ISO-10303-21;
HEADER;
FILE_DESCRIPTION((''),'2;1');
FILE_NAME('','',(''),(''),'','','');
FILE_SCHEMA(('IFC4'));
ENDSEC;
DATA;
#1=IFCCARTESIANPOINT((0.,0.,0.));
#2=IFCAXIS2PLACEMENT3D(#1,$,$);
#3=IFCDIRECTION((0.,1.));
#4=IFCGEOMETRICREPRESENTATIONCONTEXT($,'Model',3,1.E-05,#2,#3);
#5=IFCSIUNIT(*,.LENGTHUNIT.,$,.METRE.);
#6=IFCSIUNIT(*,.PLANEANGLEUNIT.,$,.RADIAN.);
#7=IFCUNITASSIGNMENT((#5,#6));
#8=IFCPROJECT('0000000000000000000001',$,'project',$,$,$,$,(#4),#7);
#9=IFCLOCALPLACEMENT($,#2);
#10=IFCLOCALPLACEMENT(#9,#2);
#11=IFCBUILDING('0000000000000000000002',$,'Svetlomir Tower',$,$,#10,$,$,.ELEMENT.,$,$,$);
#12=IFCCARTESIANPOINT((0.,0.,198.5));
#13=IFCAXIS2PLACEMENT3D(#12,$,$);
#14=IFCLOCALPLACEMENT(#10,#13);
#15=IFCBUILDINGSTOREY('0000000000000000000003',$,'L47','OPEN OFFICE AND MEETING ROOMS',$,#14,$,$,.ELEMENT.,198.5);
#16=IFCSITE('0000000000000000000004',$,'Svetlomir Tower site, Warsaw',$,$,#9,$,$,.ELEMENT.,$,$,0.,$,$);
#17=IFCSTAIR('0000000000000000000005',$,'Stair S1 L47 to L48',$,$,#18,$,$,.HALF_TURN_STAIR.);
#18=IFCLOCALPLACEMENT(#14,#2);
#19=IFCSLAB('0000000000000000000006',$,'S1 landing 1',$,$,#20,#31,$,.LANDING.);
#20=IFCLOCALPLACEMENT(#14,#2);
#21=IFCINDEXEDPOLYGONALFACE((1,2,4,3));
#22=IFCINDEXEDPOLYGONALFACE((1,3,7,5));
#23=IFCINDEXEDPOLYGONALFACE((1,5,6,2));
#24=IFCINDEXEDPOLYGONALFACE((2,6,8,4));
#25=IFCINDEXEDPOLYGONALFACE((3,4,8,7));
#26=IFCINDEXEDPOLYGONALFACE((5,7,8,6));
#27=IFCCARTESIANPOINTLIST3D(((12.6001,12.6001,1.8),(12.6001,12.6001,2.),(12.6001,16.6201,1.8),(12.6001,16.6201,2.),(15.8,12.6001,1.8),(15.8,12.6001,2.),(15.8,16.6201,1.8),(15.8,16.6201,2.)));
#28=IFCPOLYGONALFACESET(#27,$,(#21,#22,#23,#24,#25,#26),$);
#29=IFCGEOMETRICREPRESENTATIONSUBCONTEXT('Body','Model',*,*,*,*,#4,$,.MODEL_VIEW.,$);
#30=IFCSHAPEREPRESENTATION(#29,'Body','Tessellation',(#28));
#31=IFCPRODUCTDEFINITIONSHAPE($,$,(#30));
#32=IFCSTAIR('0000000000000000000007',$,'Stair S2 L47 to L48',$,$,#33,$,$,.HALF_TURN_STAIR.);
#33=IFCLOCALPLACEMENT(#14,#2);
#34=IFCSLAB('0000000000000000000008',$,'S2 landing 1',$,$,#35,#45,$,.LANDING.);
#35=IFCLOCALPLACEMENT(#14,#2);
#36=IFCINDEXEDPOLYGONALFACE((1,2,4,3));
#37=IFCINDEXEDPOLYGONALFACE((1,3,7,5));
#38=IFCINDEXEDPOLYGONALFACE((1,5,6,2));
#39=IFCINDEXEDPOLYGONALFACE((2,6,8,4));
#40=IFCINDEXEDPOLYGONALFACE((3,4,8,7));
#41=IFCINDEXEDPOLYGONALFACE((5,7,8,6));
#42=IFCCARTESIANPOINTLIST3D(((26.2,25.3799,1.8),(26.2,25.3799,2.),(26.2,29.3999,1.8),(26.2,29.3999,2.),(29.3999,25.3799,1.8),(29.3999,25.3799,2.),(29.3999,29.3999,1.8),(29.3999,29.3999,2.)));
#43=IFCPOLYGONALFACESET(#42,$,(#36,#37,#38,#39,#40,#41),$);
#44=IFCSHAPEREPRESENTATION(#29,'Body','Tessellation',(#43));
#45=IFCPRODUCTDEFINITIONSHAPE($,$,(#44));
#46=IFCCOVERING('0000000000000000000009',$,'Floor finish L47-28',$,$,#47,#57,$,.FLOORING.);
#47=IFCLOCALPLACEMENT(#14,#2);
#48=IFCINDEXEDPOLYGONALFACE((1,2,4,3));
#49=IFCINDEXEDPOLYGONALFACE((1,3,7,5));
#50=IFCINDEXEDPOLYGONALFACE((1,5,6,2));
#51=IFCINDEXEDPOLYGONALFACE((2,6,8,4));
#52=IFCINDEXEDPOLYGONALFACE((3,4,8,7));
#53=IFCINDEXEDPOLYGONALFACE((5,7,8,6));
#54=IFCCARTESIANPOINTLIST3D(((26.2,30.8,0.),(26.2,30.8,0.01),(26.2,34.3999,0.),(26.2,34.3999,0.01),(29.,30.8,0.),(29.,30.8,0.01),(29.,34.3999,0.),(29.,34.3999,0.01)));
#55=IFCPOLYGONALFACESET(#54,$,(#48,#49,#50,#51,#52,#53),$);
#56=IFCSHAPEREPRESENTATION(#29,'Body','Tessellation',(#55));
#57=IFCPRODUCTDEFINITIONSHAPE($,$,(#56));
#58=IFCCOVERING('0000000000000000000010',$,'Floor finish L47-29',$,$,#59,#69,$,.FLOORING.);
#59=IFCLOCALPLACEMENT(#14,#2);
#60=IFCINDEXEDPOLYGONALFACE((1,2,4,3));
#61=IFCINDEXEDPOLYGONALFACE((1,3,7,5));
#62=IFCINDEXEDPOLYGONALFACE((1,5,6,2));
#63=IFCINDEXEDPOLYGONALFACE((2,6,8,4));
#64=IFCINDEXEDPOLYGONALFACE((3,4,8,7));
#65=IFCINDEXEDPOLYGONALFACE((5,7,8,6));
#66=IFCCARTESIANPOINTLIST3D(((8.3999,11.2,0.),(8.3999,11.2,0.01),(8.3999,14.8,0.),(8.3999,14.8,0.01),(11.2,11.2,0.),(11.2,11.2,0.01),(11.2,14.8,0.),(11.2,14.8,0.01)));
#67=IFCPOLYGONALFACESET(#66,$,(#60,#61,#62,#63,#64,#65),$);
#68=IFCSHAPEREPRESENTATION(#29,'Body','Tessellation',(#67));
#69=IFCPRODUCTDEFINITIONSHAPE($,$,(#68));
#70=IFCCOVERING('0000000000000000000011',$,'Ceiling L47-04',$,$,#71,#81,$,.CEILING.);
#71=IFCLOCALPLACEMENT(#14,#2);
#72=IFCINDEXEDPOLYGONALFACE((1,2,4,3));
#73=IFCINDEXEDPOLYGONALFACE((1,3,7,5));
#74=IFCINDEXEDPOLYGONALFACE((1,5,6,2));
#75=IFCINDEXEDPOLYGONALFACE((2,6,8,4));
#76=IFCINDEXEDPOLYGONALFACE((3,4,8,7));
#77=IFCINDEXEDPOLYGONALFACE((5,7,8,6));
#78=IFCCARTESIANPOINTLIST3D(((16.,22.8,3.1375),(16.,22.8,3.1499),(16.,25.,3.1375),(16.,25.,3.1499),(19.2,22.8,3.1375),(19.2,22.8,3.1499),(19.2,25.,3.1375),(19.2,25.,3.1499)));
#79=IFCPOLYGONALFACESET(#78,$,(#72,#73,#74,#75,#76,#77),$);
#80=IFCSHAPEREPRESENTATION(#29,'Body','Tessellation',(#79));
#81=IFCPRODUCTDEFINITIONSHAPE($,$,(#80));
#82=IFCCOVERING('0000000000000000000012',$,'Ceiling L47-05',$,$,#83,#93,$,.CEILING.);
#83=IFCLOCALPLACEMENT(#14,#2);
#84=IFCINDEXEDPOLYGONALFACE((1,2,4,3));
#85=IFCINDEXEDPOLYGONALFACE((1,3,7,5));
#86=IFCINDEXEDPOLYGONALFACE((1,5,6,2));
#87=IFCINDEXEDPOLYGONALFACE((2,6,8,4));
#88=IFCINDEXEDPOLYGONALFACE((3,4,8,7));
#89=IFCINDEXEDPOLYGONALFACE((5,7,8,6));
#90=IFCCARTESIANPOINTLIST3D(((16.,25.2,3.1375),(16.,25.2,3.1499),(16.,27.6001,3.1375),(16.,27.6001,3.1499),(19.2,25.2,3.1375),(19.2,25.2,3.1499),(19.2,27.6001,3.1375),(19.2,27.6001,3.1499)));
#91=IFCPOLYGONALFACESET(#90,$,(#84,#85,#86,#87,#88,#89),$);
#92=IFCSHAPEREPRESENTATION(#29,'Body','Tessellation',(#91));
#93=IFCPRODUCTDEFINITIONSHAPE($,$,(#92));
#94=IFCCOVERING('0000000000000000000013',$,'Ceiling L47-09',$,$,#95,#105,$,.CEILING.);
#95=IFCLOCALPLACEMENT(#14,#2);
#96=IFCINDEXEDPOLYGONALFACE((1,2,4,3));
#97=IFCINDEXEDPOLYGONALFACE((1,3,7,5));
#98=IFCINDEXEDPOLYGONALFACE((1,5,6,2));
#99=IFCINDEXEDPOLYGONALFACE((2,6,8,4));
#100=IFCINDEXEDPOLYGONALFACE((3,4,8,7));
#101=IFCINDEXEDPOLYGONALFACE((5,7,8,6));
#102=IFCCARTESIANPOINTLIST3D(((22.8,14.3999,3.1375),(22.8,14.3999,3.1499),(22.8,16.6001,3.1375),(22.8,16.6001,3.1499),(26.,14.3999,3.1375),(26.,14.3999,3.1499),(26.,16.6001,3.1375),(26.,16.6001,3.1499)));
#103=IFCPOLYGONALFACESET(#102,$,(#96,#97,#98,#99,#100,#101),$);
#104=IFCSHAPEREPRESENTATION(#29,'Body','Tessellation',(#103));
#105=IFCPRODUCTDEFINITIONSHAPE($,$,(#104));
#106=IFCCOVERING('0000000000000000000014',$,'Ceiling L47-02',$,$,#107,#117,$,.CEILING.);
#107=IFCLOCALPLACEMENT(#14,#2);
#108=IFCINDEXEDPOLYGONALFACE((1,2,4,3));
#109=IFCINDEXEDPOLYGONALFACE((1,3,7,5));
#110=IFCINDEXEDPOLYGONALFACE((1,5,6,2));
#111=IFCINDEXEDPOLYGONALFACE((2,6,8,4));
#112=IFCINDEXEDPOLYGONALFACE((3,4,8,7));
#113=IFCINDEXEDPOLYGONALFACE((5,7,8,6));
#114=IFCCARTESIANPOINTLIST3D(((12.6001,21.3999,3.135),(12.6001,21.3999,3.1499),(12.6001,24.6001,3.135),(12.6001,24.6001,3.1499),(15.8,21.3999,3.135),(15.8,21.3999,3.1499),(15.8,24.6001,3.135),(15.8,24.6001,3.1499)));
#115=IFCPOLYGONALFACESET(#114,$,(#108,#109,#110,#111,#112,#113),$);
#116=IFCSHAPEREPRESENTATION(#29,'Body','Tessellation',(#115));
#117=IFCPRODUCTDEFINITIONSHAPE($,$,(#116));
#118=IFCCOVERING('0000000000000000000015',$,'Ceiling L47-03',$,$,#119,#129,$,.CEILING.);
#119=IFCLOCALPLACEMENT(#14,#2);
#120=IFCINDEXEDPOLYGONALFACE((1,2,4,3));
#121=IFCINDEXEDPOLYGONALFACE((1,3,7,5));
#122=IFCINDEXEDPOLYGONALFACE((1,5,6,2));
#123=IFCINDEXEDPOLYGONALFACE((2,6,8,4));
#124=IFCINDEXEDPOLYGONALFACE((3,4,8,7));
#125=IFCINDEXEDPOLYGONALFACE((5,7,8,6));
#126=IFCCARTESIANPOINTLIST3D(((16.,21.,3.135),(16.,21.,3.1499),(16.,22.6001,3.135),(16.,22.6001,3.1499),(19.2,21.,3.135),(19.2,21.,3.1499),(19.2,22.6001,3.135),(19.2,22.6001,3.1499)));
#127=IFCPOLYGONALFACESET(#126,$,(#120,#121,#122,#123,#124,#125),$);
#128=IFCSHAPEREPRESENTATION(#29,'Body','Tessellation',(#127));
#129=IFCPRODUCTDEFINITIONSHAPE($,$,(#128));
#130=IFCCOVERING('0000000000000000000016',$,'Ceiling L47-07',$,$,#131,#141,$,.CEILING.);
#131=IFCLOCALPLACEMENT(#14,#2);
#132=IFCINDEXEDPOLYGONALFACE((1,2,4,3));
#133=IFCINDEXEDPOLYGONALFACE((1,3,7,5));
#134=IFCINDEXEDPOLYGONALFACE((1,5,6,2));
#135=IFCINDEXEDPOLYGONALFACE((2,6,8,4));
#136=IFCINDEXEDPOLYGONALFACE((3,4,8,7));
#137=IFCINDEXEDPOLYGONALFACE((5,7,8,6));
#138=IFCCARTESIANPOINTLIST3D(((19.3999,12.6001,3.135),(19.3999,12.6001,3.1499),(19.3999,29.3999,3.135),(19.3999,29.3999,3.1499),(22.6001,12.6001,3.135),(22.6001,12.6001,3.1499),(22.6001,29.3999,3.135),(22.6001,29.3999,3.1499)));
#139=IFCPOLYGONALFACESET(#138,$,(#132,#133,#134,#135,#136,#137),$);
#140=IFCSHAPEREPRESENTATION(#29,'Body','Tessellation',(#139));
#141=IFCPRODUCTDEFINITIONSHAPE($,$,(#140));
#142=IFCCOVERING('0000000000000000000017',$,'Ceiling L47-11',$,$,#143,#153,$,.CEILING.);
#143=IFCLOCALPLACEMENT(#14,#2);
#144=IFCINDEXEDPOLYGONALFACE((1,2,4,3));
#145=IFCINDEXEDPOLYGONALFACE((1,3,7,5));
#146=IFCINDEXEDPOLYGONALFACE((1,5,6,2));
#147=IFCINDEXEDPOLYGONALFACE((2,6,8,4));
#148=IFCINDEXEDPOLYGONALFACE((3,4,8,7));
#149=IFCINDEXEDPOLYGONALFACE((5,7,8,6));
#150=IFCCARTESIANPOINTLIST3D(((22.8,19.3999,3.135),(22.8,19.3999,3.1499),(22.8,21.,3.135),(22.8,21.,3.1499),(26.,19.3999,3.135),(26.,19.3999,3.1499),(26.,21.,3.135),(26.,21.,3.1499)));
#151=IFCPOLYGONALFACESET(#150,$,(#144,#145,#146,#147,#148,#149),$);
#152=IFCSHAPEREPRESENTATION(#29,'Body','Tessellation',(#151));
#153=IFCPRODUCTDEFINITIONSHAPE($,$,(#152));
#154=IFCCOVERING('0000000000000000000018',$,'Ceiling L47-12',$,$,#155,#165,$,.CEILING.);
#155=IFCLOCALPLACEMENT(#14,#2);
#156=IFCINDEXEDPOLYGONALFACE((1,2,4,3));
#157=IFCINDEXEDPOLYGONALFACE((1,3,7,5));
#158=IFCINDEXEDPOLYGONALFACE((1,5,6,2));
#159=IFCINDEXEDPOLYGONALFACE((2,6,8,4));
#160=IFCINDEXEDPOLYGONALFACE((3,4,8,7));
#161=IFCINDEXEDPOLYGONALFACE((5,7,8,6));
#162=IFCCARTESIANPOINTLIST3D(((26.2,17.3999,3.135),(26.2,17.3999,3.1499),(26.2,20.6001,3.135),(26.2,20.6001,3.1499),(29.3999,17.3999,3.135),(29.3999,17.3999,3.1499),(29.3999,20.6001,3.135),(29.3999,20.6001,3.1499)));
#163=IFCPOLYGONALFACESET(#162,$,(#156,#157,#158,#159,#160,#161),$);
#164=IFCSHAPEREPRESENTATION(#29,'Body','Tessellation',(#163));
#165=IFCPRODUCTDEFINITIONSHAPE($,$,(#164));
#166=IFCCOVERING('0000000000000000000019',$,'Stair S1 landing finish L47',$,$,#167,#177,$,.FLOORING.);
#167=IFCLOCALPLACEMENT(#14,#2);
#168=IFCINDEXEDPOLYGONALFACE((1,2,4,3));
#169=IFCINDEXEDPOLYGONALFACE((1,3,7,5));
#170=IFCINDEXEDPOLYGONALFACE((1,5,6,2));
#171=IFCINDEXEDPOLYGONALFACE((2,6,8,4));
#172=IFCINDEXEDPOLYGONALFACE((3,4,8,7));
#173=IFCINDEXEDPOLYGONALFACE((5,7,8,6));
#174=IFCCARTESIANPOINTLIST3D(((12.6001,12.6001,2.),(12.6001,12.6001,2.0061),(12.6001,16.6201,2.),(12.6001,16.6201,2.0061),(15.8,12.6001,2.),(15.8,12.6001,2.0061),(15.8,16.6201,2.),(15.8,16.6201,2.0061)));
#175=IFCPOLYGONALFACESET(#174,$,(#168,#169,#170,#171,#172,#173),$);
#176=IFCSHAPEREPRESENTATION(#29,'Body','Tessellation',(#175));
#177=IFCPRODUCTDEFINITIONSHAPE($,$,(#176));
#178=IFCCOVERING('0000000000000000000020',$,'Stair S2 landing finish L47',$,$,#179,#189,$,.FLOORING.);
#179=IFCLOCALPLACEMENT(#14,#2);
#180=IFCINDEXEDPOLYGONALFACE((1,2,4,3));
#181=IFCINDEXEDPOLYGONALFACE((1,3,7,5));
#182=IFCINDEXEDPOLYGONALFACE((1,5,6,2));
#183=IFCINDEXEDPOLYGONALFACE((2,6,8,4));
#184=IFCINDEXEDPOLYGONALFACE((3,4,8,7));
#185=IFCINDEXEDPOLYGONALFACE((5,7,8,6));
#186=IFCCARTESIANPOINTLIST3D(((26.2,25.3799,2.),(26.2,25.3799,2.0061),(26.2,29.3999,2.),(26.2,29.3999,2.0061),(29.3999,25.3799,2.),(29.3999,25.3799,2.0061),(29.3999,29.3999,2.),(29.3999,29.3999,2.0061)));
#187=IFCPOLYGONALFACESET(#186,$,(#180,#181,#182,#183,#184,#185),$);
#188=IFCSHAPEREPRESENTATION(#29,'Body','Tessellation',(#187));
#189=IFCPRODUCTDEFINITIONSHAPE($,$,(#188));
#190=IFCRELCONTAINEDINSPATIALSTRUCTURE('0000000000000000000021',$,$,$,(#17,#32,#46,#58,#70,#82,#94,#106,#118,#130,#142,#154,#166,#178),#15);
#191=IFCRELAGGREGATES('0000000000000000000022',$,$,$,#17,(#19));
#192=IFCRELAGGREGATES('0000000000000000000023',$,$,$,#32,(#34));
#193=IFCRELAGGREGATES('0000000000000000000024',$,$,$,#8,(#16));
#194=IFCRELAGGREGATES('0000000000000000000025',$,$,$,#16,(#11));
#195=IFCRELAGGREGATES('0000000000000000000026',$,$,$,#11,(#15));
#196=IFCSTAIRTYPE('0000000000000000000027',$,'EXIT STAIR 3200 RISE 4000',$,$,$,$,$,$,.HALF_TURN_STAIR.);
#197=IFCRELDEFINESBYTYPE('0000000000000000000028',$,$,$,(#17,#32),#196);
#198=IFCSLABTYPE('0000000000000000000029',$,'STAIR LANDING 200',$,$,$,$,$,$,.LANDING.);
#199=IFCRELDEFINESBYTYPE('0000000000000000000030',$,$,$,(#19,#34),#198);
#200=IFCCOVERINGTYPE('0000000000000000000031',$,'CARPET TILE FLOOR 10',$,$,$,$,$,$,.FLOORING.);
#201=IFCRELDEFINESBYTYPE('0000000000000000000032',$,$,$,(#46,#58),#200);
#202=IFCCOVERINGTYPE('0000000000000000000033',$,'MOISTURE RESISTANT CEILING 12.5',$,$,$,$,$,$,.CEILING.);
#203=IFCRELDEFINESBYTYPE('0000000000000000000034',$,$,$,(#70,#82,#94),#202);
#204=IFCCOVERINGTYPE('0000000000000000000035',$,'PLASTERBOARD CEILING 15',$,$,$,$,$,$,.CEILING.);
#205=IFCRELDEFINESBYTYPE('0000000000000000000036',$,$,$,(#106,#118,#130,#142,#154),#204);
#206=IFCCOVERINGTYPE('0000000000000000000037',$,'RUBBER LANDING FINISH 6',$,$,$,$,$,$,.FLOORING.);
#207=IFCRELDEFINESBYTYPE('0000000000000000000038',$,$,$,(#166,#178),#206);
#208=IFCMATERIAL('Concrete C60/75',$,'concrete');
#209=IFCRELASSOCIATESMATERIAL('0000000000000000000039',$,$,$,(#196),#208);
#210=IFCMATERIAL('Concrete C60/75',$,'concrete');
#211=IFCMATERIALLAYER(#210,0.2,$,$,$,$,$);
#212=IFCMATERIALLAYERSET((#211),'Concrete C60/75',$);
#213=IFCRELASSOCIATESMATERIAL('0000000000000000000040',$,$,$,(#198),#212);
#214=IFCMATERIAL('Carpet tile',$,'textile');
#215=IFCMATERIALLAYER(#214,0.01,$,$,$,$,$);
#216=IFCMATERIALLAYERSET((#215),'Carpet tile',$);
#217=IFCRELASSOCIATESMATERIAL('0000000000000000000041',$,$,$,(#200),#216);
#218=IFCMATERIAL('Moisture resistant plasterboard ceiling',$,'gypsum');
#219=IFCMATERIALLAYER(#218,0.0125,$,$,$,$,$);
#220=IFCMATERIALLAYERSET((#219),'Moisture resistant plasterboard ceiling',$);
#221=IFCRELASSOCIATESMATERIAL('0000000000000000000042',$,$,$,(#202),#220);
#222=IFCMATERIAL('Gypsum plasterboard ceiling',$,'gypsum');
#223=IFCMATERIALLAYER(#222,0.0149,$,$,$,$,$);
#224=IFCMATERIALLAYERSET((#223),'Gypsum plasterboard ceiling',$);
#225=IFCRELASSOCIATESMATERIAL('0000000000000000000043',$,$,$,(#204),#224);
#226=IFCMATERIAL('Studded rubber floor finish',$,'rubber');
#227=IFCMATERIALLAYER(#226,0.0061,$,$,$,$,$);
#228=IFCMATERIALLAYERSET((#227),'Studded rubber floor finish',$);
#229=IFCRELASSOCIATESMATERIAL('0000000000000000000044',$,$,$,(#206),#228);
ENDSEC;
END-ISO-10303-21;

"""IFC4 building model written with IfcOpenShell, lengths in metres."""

from ifc_helpers import new_model, si_unit, direction, frame, origin, place, context, subcontext, project, spatial, polyline, outline, extrude, material, layer, layer_set, type_object, element, aggregate, save


model = new_model("IFC4")

# Units and contexts
model_context = context("Model", 3, precision=1e-05, world=origin(), true_north=direction((0.0, 1.0)))
body_context = subcontext(model_context, "Body", "Model", "MODEL_VIEW")
ifc_project = project(units=[si_unit("LENGTHUNIT", "METRE"), si_unit("PLANEANGLEUNIT", "RADIAN")], contexts=[model_context])

# Site, building, storey
site_placement = place(None, origin())
site = spatial("IfcSite", under=ifc_project, at=site_placement, Name="Svetlomir Tower site, Warsaw", CompositionType="ELEMENT", RefElevation=0.0)
building_placement = place(site_placement, origin())
building = spatial("IfcBuilding", under=site, at=building_placement, Name="Svetlomir Tower", CompositionType="ELEMENT")
storey_placement = place(building_placement, frame((0.0, 0.0, 198.5)))
storey = spatial("IfcBuildingStorey", under=building, at=storey_placement, Name="L47", Description="OPEN OFFICE AND MEETING ROOMS", CompositionType="ELEMENT", Elevation=198.5)

# Stairs, slabs
ifc_material_1 = material(Name="Concrete C60/75", Category="concrete")
stair_type = type_object("IfcStairType", Name="EXIT STAIR 3200 RISE 4000", PredefinedType="HALF_TURN_STAIR", material=ifc_material_1)
stair_1_placement = place(storey_placement, origin())
stair_1 = element("IfcStair", 1, at=stair_1_placement, inside=storey, type_object=stair_type, Name="Stair S1 L47 to L48", PredefinedType="HALF_TURN_STAIR")
ifc_material_2 = material(Name="Concrete C60/75", Category="concrete")
ifc_layer_1 = layer(ifc_material_2, 0.2)
ifc_layer_set_1 = layer_set([ifc_layer_1], Name="Concrete C60/75")
slab_type = type_object("IfcSlabType", Name="STAIR LANDING 200", PredefinedType="LANDING", material=ifc_layer_set_1)
slab_1_placement = place(storey_placement, frame((0.0, 0.0, 1.8)))
slab_1 = element("IfcSlab", 2, at=slab_1_placement, type_object=slab_type, Name="S1 landing 1", PredefinedType="LANDING", context=body_context, shape_type="SweptSolid", body=[
    extrude(outline(polyline([(12.6001, 12.6001), (15.8, 12.6001), (15.8, 16.6201), (12.6001, 16.6201), (12.6001, 12.6001)])), origin(), (0.0, 0.0, 1.0), 0.2),
])
aggregate(stair_1, [slab_1])
stair_2_placement = place(storey_placement, origin())
stair_2 = element("IfcStair", 3, at=stair_2_placement, inside=storey, type_object=stair_type, Name="Stair S2 L47 to L48", PredefinedType="HALF_TURN_STAIR")
slab_2_placement = place(storey_placement, frame((0.0, 0.0, 1.8)))
slab_2 = element("IfcSlab", 4, at=slab_2_placement, type_object=slab_type, Name="S2 landing 1", PredefinedType="LANDING", context=body_context, shape_type="SweptSolid", body=[
    extrude(outline(polyline([(26.2, 25.3799), (29.3999, 25.3799), (29.3999, 29.3999), (26.2, 29.3999), (26.2, 25.3799)])), origin(), (0.0, 0.0, 1.0), 0.2),
])
aggregate(stair_2, [slab_2])

# Coverings
ifc_material_3 = material(Name="Carpet tile", Category="textile")
ifc_layer_2 = layer(ifc_material_3, 0.01)
ifc_layer_set_2 = layer_set([ifc_layer_2], Name="Carpet tile")
covering_type_1 = type_object("IfcCoveringType", Name="CARPET TILE FLOOR 10", PredefinedType="FLOORING", material=ifc_layer_set_2)
covering_1_placement = place(storey_placement, origin())
element("IfcCovering", 5, at=covering_1_placement, inside=storey, type_object=covering_type_1, Name="Floor finish L47-28", PredefinedType="FLOORING", context=body_context, shape_type="SweptSolid", body=[
    extrude(outline(polyline([(26.2, 30.8), (29.0, 30.8), (29.0, 34.3999), (26.2, 34.3999), (26.2, 30.8)])), origin(), (0.0, 0.0, 1.0), 0.01),
])
covering_2_placement = place(storey_placement, origin())
element("IfcCovering", 6, at=covering_2_placement, inside=storey, type_object=covering_type_1, Name="Floor finish L47-29", PredefinedType="FLOORING", context=body_context, shape_type="SweptSolid", body=[
    extrude(outline(polyline([(8.3999, 11.2), (11.2, 11.2), (11.2, 14.8), (8.3999, 14.8), (8.3999, 11.2)])), origin(), (0.0, 0.0, 1.0), 0.01),
])
ifc_material_4 = material(Name="Moisture resistant plasterboard ceiling", Category="gypsum")
ifc_layer_3 = layer(ifc_material_4, 0.0125)
ifc_layer_set_3 = layer_set([ifc_layer_3], Name="Moisture resistant plasterboard ceiling")
covering_type_2 = type_object("IfcCoveringType", Name="MOISTURE RESISTANT CEILING 12.5", PredefinedType="CEILING", material=ifc_layer_set_3)
covering_3_placement = place(storey_placement, frame((0.0, 0.0, 3.1375)))
element("IfcCovering", 7, at=covering_3_placement, inside=storey, type_object=covering_type_2, Name="Ceiling L47-04", PredefinedType="CEILING", context=body_context, shape_type="SweptSolid", body=[
    extrude(outline(polyline([(16.0, 22.8), (19.2, 22.8), (19.2, 25.0), (16.0, 25.0), (16.0, 22.8)])), origin(), (0.0, 0.0, 1.0), 0.0125),
])
covering_4_placement = place(storey_placement, frame((0.0, 0.0, 3.1375)))
element("IfcCovering", 8, at=covering_4_placement, inside=storey, type_object=covering_type_2, Name="Ceiling L47-05", PredefinedType="CEILING", context=body_context, shape_type="SweptSolid", body=[
    extrude(outline(polyline([(16.0, 25.2), (19.2, 25.2), (19.2, 27.6001), (16.0, 27.6001), (16.0, 25.2)])), origin(), (0.0, 0.0, 1.0), 0.0125),
])
covering_5_placement = place(storey_placement, frame((0.0, 0.0, 3.1375)))
element("IfcCovering", 9, at=covering_5_placement, inside=storey, type_object=covering_type_2, Name="Ceiling L47-09", PredefinedType="CEILING", context=body_context, shape_type="SweptSolid", body=[
    extrude(outline(polyline([(22.8, 14.3999), (26.0, 14.3999), (26.0, 16.6001), (22.8, 16.6001), (22.8, 14.3999)])), origin(), (0.0, 0.0, 1.0), 0.0125),
])
ifc_material_5 = material(Name="Gypsum plasterboard ceiling", Category="gypsum")
ifc_layer_4 = layer(ifc_material_5, 0.0149)
ifc_layer_set_4 = layer_set([ifc_layer_4], Name="Gypsum plasterboard ceiling")
covering_type_3 = type_object("IfcCoveringType", Name="PLASTERBOARD CEILING 15", PredefinedType="CEILING", material=ifc_layer_set_4)
covering_6_placement = place(storey_placement, frame((0.0, 0.0, 3.135)))
element("IfcCovering", 10, at=covering_6_placement, inside=storey, type_object=covering_type_3, Name="Ceiling L47-02", PredefinedType="CEILING", context=body_context, shape_type="SweptSolid", body=[
    extrude(outline(polyline([(12.6001, 21.3999), (15.8, 21.3999), (15.8, 24.6001), (12.6001, 24.6001), (12.6001, 21.3999)])), origin(), (0.0, 0.0, 1.0), 0.0149),
])
covering_7_placement = place(storey_placement, frame((0.0, 0.0, 3.135)))
element("IfcCovering", 11, at=covering_7_placement, inside=storey, type_object=covering_type_3, Name="Ceiling L47-03", PredefinedType="CEILING", context=body_context, shape_type="SweptSolid", body=[
    extrude(outline(polyline([(16.0, 21.0), (19.2, 21.0), (19.2, 22.6001), (16.0, 22.6001), (16.0, 21.0)])), origin(), (0.0, 0.0, 1.0), 0.0149),
])
covering_8_placement = place(storey_placement, frame((0.0, 0.0, 3.135)))
element("IfcCovering", 12, at=covering_8_placement, inside=storey, type_object=covering_type_3, Name="Ceiling L47-07", PredefinedType="CEILING", context=body_context, shape_type="SweptSolid", body=[
    extrude(outline(polyline([(19.3999, 12.6001), (22.6001, 12.6001), (22.6001, 29.3999), (19.3999, 29.3999), (19.3999, 12.6001)])), origin(), (0.0, 0.0, 1.0), 0.0149),
])
covering_9_placement = place(storey_placement, frame((0.0, 0.0, 3.135)))
element("IfcCovering", 13, at=covering_9_placement, inside=storey, type_object=covering_type_3, Name="Ceiling L47-11", PredefinedType="CEILING", context=body_context, shape_type="SweptSolid", body=[
    extrude(outline(polyline([(22.8, 19.3999), (26.0, 19.3999), (26.0, 21.0), (22.8, 21.0), (22.8, 19.3999)])), origin(), (0.0, 0.0, 1.0), 0.0149),
])
covering_10_placement = place(storey_placement, frame((0.0, 0.0, 3.135)))
element("IfcCovering", 14, at=covering_10_placement, inside=storey, type_object=covering_type_3, Name="Ceiling L47-12", PredefinedType="CEILING", context=body_context, shape_type="SweptSolid", body=[
    extrude(outline(polyline([(26.2, 17.3999), (29.3999, 17.3999), (29.3999, 20.6001), (26.2, 20.6001), (26.2, 17.3999)])), origin(), (0.0, 0.0, 1.0), 0.0149),
])
ifc_material_6 = material(Name="Studded rubber floor finish", Category="rubber")
ifc_layer_5 = layer(ifc_material_6, 0.0061)
ifc_layer_set_5 = layer_set([ifc_layer_5], Name="Studded rubber floor finish")
covering_type_4 = type_object("IfcCoveringType", Name="RUBBER LANDING FINISH 6", PredefinedType="FLOORING", material=ifc_layer_set_5)
covering_11_placement = place(storey_placement, frame((0.0, 0.0, 2.0)))
element("IfcCovering", 15, at=covering_11_placement, inside=storey, type_object=covering_type_4, Name="Stair S1 landing finish L47", PredefinedType="FLOORING", context=body_context, shape_type="SweptSolid", body=[
    extrude(outline(polyline([(12.6001, 12.6001), (15.8, 12.6001), (15.8, 16.6201), (12.6001, 16.6201), (12.6001, 12.6001)])), origin(), (0.0, 0.0, 1.0), 0.0061),
])
covering_12_placement = place(storey_placement, frame((0.0, 0.0, 2.0)))
element("IfcCovering", 16, at=covering_12_placement, inside=storey, type_object=covering_type_4, Name="Stair S2 landing finish L47", PredefinedType="FLOORING", context=body_context, shape_type="SweptSolid", body=[
    extrude(outline(polyline([(26.2, 25.3799), (29.3999, 25.3799), (29.3999, 29.3999), (26.2, 29.3999), (26.2, 25.3799)])), origin(), (0.0, 0.0, 1.0), 0.0061),
])

save(model, "model.ifc")
